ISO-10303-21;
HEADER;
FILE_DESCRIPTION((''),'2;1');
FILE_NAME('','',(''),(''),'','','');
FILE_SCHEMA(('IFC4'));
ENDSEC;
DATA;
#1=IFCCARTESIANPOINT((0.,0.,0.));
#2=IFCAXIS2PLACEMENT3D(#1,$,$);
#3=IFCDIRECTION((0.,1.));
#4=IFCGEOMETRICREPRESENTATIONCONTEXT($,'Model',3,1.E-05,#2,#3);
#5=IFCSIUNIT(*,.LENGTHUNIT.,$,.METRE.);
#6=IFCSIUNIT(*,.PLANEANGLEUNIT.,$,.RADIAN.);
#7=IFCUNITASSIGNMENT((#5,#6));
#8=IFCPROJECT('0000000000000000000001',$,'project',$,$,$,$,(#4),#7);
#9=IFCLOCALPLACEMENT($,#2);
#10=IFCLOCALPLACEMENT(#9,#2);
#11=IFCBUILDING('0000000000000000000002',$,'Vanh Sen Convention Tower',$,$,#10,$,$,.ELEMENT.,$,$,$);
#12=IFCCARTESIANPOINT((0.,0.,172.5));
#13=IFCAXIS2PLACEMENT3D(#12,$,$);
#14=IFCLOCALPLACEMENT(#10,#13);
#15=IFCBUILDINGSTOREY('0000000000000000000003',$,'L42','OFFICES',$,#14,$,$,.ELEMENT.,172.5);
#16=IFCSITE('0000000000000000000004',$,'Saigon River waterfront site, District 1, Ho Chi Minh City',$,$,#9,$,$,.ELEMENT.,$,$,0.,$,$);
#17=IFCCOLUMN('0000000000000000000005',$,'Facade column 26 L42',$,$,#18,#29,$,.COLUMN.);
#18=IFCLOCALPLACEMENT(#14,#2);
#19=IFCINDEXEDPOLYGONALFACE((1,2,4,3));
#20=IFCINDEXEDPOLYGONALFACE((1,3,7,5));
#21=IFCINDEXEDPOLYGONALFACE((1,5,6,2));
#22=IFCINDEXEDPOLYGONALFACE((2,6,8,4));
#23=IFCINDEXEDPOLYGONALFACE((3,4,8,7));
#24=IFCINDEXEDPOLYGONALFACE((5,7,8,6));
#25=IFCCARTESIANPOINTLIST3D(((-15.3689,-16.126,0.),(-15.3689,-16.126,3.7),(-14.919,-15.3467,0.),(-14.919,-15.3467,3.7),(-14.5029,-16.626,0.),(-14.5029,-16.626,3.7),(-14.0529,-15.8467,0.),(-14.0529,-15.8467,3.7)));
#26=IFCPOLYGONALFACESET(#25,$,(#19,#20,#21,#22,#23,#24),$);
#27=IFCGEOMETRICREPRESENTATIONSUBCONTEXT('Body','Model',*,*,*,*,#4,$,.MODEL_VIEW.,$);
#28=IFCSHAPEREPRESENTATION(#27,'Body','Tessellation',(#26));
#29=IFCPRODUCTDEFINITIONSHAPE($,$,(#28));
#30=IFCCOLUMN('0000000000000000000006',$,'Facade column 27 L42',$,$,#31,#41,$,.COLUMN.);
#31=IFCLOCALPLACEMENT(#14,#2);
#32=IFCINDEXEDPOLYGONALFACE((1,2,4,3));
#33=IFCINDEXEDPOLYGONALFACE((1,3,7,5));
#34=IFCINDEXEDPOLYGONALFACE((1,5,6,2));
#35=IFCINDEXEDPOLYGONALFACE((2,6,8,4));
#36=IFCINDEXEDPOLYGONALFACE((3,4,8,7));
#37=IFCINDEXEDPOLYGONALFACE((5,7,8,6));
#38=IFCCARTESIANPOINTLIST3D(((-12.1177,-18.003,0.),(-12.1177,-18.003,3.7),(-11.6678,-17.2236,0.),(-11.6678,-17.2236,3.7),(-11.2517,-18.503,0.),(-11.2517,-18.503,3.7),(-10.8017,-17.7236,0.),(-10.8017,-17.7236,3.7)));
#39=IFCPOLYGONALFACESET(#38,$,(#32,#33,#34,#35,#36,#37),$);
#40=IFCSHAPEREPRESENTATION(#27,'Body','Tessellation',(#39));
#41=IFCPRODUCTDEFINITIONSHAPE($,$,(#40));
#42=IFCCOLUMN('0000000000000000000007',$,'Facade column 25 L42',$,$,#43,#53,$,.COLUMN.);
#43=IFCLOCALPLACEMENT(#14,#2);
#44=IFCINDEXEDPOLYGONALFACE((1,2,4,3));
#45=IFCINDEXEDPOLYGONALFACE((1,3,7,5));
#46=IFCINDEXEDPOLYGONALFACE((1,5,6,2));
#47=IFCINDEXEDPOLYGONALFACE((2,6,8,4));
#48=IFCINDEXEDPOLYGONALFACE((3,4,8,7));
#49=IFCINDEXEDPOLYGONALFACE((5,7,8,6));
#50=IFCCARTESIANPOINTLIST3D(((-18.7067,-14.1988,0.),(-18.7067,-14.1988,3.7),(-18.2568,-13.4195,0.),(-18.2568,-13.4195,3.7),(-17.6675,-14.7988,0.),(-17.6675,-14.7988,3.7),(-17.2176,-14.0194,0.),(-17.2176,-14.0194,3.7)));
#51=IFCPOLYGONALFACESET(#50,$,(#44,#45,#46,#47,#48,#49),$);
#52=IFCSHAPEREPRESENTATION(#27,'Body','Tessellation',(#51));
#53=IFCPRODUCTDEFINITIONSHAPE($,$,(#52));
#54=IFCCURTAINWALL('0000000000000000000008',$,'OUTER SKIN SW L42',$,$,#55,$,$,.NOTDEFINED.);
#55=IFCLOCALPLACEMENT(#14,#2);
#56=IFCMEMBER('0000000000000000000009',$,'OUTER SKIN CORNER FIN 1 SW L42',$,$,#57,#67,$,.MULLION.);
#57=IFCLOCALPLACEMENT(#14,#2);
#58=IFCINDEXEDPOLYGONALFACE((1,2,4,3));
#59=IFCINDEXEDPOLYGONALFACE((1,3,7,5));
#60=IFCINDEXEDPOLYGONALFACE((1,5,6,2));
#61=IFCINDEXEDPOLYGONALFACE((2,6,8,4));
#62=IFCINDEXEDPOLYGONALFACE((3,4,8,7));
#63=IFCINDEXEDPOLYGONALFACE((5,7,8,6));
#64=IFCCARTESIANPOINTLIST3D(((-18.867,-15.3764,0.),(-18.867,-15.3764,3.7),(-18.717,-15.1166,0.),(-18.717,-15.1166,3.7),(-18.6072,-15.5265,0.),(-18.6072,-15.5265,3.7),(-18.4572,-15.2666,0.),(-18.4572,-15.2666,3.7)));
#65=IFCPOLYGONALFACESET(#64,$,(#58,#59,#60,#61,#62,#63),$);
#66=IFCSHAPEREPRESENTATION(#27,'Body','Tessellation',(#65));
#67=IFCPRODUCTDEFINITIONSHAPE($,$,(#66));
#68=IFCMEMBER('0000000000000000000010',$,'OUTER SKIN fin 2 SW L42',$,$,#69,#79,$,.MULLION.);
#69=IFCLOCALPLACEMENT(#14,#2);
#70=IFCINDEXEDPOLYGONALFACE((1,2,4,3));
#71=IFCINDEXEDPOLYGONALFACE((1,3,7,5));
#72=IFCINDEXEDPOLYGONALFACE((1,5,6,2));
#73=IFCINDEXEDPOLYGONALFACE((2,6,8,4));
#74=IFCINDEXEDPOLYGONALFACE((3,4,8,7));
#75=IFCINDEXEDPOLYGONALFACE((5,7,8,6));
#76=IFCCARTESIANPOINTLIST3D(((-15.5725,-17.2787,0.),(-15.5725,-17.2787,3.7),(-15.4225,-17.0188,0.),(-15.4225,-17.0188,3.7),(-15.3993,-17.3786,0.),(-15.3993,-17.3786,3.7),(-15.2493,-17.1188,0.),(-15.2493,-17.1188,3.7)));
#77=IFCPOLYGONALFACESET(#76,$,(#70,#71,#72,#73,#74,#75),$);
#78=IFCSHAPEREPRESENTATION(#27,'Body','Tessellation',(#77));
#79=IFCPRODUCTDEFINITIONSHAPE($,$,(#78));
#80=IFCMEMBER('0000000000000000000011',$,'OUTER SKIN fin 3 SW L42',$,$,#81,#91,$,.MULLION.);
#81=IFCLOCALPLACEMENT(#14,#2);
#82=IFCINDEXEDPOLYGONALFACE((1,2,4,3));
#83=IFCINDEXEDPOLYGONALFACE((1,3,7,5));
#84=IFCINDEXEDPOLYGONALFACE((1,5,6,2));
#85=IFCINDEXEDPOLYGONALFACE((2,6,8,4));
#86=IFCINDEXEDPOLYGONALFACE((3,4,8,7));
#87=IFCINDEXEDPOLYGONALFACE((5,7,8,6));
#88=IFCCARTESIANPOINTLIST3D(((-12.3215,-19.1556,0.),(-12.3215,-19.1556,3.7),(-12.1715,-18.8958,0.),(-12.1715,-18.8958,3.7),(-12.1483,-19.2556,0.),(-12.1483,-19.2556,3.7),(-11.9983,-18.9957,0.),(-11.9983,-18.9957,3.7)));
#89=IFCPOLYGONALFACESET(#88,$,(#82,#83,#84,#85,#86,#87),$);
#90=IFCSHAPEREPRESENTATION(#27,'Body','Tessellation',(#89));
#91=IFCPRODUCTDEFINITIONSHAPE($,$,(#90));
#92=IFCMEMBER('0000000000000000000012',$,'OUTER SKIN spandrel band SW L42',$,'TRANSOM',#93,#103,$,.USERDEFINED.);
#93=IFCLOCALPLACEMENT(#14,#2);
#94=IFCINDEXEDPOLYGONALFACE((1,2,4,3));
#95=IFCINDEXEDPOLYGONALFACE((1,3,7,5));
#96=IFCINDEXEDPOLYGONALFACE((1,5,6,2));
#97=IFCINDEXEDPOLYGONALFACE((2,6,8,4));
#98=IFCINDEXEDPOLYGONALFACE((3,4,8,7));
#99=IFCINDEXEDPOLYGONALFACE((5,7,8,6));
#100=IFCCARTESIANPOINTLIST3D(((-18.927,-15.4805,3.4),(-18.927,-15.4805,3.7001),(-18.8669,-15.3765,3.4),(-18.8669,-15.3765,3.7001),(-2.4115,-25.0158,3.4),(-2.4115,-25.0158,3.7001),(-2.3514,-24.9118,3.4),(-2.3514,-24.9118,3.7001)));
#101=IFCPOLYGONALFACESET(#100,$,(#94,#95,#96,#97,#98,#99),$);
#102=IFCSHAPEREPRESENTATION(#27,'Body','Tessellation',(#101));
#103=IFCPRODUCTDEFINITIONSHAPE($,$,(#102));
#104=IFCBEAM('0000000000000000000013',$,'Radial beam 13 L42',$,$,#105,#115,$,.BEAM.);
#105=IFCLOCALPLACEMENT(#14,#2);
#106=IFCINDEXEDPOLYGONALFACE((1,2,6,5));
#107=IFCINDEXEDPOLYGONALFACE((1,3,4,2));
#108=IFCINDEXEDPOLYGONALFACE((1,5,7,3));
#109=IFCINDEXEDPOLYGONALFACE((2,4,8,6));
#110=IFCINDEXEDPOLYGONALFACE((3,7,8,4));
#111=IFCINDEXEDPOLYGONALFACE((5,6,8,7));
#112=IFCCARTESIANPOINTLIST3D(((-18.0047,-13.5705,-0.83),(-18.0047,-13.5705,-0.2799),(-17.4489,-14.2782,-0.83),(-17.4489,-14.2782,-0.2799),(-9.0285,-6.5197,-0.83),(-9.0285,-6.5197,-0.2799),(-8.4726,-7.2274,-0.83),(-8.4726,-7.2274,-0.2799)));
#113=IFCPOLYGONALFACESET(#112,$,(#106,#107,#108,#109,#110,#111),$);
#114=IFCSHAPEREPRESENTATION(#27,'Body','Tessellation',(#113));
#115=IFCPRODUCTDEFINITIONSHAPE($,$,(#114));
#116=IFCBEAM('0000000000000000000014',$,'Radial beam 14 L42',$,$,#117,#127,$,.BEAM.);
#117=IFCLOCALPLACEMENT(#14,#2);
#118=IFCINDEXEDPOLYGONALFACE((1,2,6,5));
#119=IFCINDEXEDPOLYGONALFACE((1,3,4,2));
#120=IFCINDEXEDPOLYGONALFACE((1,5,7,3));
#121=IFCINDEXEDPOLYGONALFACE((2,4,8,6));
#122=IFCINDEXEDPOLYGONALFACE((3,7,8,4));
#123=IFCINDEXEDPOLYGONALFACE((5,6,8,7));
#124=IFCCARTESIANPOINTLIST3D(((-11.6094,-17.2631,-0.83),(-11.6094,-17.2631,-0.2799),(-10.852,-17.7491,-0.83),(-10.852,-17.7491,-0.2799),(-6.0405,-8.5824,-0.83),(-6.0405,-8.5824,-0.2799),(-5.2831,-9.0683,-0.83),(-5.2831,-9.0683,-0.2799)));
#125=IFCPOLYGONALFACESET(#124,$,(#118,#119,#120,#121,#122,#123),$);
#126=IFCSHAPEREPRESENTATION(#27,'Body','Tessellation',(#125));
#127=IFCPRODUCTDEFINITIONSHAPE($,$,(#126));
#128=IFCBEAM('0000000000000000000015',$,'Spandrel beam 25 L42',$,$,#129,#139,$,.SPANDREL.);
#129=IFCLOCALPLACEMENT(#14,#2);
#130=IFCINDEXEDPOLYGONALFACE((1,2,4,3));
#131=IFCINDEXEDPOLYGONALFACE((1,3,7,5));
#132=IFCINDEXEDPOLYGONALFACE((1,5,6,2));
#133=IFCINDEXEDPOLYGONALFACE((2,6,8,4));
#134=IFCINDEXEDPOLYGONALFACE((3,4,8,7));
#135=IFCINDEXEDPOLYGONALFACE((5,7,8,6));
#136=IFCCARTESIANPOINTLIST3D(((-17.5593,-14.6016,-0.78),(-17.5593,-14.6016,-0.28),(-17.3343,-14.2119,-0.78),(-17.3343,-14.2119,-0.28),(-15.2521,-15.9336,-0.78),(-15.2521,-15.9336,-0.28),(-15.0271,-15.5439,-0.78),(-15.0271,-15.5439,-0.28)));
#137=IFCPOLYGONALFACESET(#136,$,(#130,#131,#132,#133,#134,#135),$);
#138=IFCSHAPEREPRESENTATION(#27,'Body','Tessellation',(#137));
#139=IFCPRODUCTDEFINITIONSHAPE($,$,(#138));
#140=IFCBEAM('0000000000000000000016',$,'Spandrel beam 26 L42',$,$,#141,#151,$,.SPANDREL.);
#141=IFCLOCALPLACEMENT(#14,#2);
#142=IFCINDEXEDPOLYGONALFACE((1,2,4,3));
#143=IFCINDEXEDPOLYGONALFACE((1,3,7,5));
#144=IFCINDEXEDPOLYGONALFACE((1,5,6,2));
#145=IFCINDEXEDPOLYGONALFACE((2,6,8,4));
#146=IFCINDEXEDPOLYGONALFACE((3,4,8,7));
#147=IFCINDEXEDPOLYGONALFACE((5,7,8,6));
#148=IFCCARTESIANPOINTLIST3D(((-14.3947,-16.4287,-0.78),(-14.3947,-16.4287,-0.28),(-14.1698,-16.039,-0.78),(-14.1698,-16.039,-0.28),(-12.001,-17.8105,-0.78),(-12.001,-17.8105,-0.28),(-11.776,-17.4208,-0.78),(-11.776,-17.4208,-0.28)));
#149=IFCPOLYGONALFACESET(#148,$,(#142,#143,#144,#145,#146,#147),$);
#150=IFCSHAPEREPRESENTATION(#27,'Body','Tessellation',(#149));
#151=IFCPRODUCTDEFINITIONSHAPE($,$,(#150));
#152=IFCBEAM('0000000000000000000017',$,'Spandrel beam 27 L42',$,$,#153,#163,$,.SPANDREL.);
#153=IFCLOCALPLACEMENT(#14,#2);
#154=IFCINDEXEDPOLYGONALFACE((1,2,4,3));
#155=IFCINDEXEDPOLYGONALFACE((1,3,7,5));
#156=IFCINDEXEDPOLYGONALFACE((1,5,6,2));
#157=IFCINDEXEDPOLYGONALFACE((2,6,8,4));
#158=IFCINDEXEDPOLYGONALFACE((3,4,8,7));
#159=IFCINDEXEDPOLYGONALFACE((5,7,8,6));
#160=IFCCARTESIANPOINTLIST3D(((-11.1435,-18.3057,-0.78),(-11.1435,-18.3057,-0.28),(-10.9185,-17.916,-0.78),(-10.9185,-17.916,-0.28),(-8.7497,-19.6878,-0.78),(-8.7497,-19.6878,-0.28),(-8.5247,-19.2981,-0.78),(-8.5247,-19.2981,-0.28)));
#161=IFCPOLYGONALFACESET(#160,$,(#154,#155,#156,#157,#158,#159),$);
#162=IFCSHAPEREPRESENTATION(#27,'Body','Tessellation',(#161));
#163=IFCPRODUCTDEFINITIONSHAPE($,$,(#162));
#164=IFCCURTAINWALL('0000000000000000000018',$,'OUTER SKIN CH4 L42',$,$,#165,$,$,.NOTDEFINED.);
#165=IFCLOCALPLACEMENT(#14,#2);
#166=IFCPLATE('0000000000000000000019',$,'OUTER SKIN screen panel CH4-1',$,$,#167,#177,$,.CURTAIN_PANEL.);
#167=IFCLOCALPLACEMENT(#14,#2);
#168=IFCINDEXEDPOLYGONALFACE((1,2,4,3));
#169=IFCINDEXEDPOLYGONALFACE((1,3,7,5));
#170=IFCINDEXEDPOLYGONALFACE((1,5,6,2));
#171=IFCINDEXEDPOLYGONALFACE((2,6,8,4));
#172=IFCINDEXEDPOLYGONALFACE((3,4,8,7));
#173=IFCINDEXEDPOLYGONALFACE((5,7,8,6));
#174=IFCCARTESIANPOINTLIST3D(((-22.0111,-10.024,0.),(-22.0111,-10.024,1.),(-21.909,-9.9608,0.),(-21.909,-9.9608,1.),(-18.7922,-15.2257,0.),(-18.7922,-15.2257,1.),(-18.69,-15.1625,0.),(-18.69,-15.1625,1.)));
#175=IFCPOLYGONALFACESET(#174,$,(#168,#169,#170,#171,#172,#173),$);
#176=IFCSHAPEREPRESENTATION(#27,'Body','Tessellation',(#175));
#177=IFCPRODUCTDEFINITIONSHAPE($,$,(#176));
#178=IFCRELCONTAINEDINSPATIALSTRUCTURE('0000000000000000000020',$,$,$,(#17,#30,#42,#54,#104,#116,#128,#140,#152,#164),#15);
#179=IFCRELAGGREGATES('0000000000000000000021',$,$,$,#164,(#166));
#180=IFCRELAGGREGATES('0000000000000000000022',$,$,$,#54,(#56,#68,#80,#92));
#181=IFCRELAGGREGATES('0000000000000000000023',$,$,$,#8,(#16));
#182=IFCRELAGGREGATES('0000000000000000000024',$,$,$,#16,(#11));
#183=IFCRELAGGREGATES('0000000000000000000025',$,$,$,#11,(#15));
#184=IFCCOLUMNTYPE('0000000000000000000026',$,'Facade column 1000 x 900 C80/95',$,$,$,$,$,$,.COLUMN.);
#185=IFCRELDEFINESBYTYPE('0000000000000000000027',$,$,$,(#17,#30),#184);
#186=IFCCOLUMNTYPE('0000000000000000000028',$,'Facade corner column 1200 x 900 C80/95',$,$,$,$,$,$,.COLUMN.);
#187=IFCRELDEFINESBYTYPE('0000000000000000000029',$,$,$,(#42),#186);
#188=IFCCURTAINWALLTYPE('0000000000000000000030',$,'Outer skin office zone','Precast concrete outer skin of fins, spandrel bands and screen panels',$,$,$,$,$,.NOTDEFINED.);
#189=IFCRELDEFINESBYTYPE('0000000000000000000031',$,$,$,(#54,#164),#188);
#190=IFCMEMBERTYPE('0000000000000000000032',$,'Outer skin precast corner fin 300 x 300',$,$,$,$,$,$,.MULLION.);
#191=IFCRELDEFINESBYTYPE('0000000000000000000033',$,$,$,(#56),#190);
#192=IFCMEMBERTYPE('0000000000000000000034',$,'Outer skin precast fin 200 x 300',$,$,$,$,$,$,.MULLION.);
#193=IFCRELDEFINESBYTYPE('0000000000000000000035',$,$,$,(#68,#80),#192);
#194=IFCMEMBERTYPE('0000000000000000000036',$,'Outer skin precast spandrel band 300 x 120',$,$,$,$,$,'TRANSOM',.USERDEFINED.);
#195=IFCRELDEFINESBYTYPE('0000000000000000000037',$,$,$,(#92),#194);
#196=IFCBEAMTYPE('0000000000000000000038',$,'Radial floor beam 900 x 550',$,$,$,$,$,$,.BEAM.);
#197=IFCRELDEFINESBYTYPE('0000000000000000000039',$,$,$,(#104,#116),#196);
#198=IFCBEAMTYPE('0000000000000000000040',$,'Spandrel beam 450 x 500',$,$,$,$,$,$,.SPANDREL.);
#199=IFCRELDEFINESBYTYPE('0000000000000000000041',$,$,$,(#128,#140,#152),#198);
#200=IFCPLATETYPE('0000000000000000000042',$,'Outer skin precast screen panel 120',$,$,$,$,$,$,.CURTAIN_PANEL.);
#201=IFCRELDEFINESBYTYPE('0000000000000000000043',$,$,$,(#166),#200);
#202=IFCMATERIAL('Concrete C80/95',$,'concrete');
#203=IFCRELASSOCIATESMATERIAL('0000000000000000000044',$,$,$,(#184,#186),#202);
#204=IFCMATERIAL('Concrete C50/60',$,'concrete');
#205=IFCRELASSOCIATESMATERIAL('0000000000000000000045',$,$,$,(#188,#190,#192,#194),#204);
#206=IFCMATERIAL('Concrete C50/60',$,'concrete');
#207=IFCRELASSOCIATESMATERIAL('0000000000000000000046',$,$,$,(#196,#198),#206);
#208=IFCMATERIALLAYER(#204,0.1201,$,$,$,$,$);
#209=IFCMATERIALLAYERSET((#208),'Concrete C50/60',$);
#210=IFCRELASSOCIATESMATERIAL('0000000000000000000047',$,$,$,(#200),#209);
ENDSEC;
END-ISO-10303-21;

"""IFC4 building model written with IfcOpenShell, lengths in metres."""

from ifc_helpers import new_model, si_unit, direction, frame, origin, origin_2d, place, context, subcontext, project, spatial, rectangle, extrude, material, layer, layer_set, material_profile, profile_set, type_object, element, aggregate, save


model = new_model("IFC4")

# Units and contexts
model_context = context("Model", 3, precision=1e-05, world=origin(), true_north=direction((0.0, 1.0)))
body_context = subcontext(model_context, "Body", "Model", "MODEL_VIEW")
ifc_project = project(units=[si_unit("LENGTHUNIT", "METRE"), si_unit("PLANEANGLEUNIT", "RADIAN")], contexts=[model_context])

# Site, building, storey
site_placement = place(None, origin())
site = spatial("IfcSite", under=ifc_project, at=site_placement, Name="Saigon River waterfront site, District 1, Ho Chi Minh City", CompositionType="ELEMENT", RefElevation=0.0)
building_placement = place(site_placement, origin())
building = spatial("IfcBuilding", under=site, at=building_placement, Name="Vanh Sen Convention Tower", CompositionType="ELEMENT")
storey_placement = place(building_placement, frame((0.0, 0.0, 172.5)))
storey = spatial("IfcBuildingStorey", under=building, at=storey_placement, Name="L42", Description="OFFICES", CompositionType="ELEMENT", Elevation=172.5)

# Columns
ifc_material_1 = material(Name="Concrete C80/95", Category="concrete")
ifc_material_profile_1 = material_profile(ifc_material_1, rectangle(XDim=1.0, YDim=0.8999, at=origin_2d()), Name="RC 1000X900")
ifc_profile_set_1 = profile_set([ifc_material_profile_1], Name="Concrete C80/95")
column_type_1 = type_object("IfcColumnType", Name="Facade column 1000 x 900 C80/95", PredefinedType="COLUMN", material=ifc_profile_set_1)
for number, where, z_axis, x_axis, name in (
    (1, (-14.7109, -15.9863, 0.0), (0.0, 0.0, 1.0), (0.866025, -0.5, 0.0), "Facade column 26 L42"),
    (2, (-11.4597, -17.8633, 0.0), (0.0, 0.0, 1.0), (0.866025, -0.5, 0.0), "Facade column 27 L42"),
):
    element("IfcColumn", number, at=place(storey_placement, frame(where, z_axis=z_axis, x_axis=x_axis)), inside=storey, type_object=column_type_1, Name=name, PredefinedType="COLUMN", context=body_context, shape_type="SweptSolid", body=[
        extrude(rectangle(XDim=1.0, YDim=0.8999, at=origin_2d()), origin(), (0.0, 0.0, 1.0), 3.7),
    ])
ifc_material_profile_2 = material_profile(ifc_material_1, rectangle(XDim=1.2, YDim=0.8999, at=origin_2d()), Name="RC 1200X900")
ifc_profile_set_2 = profile_set([ifc_material_profile_2], Name="Concrete C80/95")
column_type_2 = type_object("IfcColumnType", Name="Facade corner column 1200 x 900 C80/95", PredefinedType="COLUMN", material=ifc_profile_set_2)
column_placement = place(storey_placement, frame((-17.9622, -14.1091, 0.0), z_axis=(0.0, 0.0, 1.0), x_axis=(0.866025, -0.5, 0.0)))
element("IfcColumn", 3, at=column_placement, inside=storey, type_object=column_type_2, Name="Facade column 25 L42", PredefinedType="COLUMN", context=body_context, shape_type="SweptSolid", body=[
    extrude(rectangle(XDim=1.2, YDim=0.8999, at=origin_2d()), origin(), (0.0, 0.0, 1.0), 3.7),
])

# Curtain wall, members
ifc_material_2 = material(Name="Concrete C50/60", Category="concrete")
curtain_wall_type = type_object("IfcCurtainWallType", Name="Outer skin office zone", Description="Precast concrete outer skin of fins, spandrel bands and screen panels", PredefinedType="NOTDEFINED", material=ifc_material_2)
curtain_wall_1_placement = place(storey_placement, origin())
curtain_wall_1 = element("IfcCurtainWall", 4, at=curtain_wall_1_placement, inside=storey, type_object=curtain_wall_type, Name="OUTER SKIN SW L42", PredefinedType="NOTDEFINED")
ifc_material_profile_3 = material_profile(ifc_material_2, rectangle(XDim=0.3, YDim=0.3, at=origin_2d()), Name="Outer skin precast corner fin 300 x 300")
ifc_profile_set_3 = profile_set([ifc_material_profile_3], Name="Concrete C50/60")
member_type_1 = type_object("IfcMemberType", Name="Outer skin precast corner fin 300 x 300", PredefinedType="MULLION", material=ifc_profile_set_3)
member_1_placement = place(storey_placement, frame((-18.6621, -15.3215, 0.0), z_axis=(0.0, 0.0, 1.0), x_axis=(0.866025, -0.5, 0.0)))
member_1 = element("IfcMember", 5, at=member_1_placement, type_object=member_type_1, Name="OUTER SKIN CORNER FIN 1 SW L42", PredefinedType="MULLION", context=body_context, shape_type="SweptSolid", body=[
    extrude(rectangle(XDim=0.3, YDim=0.3, at=origin_2d()), origin(), (0.0, 0.0, 1.0), 3.7),
])
ifc_material_profile_4 = material_profile(ifc_material_2, rectangle(XDim=0.2, YDim=0.3, at=origin_2d()), Name="Outer skin precast fin 200 x 300")
ifc_profile_set_4 = profile_set([ifc_material_profile_4], Name="Concrete C50/60")
member_type_2 = type_object("IfcMemberType", Name="Outer skin precast fin 200 x 300", PredefinedType="MULLION", material=ifc_profile_set_4)
member_2_placement = place(storey_placement, frame((-15.4109, -17.1987, 0.0), z_axis=(0.0, 0.0, 1.0), x_axis=(0.866025, -0.5, 0.0)))
member_2 = element("IfcMember", 6, at=member_2_placement, type_object=member_type_2, Name="OUTER SKIN fin 2 SW L42", PredefinedType="MULLION", context=body_context, shape_type="SweptSolid", body=[
    extrude(rectangle(XDim=0.2, YDim=0.3, at=origin_2d()), origin(), (0.0, 0.0, 1.0), 3.7),
])
member_3_placement = place(storey_placement, frame((-12.1599, -19.0757, 0.0), z_axis=(0.0, 0.0, 1.0), x_axis=(0.866025, -0.5, 0.0)))
member_3 = element("IfcMember", 7, at=member_3_placement, type_object=member_type_2, Name="OUTER SKIN fin 3 SW L42", PredefinedType="MULLION", context=body_context, shape_type="SweptSolid", body=[
    extrude(rectangle(XDim=0.2, YDim=0.3, at=origin_2d()), origin(), (0.0, 0.0, 1.0), 3.7),
])
ifc_material_profile_5 = material_profile(ifc_material_2, rectangle(XDim=0.1201, YDim=0.3, at=origin_2d()), Name="Outer skin precast spandrel band 300 x 120")
ifc_profile_set_5 = profile_set([ifc_material_profile_5], Name="Concrete C50/60")
member_type_3 = type_object("IfcMemberType", Name="Outer skin precast spandrel band 300 x 120", ElementType="TRANSOM", PredefinedType="USERDEFINED", material=ifc_profile_set_5)
member_4_placement = place(storey_placement, frame((-18.897, -15.4285, 3.55), z_axis=(0.866023, -0.500004, 0.0), x_axis=(0.500004, 0.866023, 0.0)))
member_4 = element("IfcMember", 8, at=member_4_placement, type_object=member_type_3, Name="OUTER SKIN spandrel band SW L42", ObjectType="TRANSOM", PredefinedType="USERDEFINED", context=body_context, shape_type="SweptSolid", body=[
    extrude(rectangle(XDim=0.1201, YDim=0.3, at=origin_2d()), origin(), (0.0, 0.0, 1.0), 19.0706),
])

# Beams
ifc_material_3 = material(Name="Concrete C50/60", Category="concrete")
ifc_material_profile_6 = material_profile(ifc_material_3, rectangle(XDim=0.8999, YDim=0.55, at=origin_2d()), Name="RC 900X550")
ifc_profile_set_6 = profile_set([ifc_material_profile_6], Name="Concrete C50/60")
beam_type_1 = type_object("IfcBeamType", Name="Radial floor beam 900 x 550", PredefinedType="BEAM", material=ifc_profile_set_6)
beam_1_placement = place(storey_placement, frame((-17.7268, -13.9243, -0.5549), z_axis=(0.786405, 0.617711, 0.0), x_axis=(-0.617711, 0.786405, 0.0)))
element("IfcBeam", 9, at=beam_1_placement, inside=storey, type_object=beam_type_1, Name="Radial beam 13 L42", PredefinedType="BEAM", context=body_context, shape_type="SweptSolid", body=[
    extrude(rectangle(XDim=0.8999, YDim=0.55, at=origin_2d()), origin(), (0.0, 0.0, 1.0), 11.4143),
])
beam_2_placement = place(storey_placement, frame((-11.2307, -17.5061, -0.5549), z_axis=(0.539963, 0.841689, 0.0), x_axis=(-0.841689, 0.539963, 0.0)))
element("IfcBeam", 10, at=beam_2_placement, inside=storey, type_object=beam_type_1, Name="Radial beam 14 L42", PredefinedType="BEAM", context=body_context, shape_type="SweptSolid", body=[
    extrude(rectangle(XDim=0.8999, YDim=0.55, at=origin_2d()), origin(), (0.0, 0.0, 1.0), 10.3135),
])
ifc_material_profile_7 = material_profile(ifc_material_3, rectangle(XDim=0.45, YDim=0.5, at=origin_2d()), Name="RC 450X500")
ifc_profile_set_7 = profile_set([ifc_material_profile_7], Name="Concrete C50/60")
beam_type_2 = type_object("IfcBeamType", Name="Spandrel beam 450 x 500", PredefinedType="SPANDREL", material=ifc_profile_set_7)
beam_3_placement = place(storey_placement, frame((-17.4468, -14.4067, -0.53), z_axis=(0.866024, -0.500003, 0.0), x_axis=(0.500003, 0.866024, 0.0)))
element("IfcBeam", 11, at=beam_3_placement, inside=storey, type_object=beam_type_2, Name="Spandrel beam 25 L42", PredefinedType="SPANDREL", context=body_context, shape_type="SweptSolid", body=[
    extrude(rectangle(XDim=0.45, YDim=0.5, at=origin_2d()), origin(), (0.0, 0.0, 1.0), 2.6641),
])
beam_4_placement = place(storey_placement, frame((-14.2822, -16.2339, -0.53), z_axis=(0.866061, -0.499939, 0.0), x_axis=(0.499939, 0.866061, 0.0)))
element("IfcBeam", 12, at=beam_4_placement, inside=storey, type_object=beam_type_2, Name="Spandrel beam 26 L42", PredefinedType="SPANDREL", context=body_context, shape_type="SweptSolid", body=[
    extrude(rectangle(XDim=0.45, YDim=0.5, at=origin_2d()), origin(), (0.0, 0.0, 1.0), 2.7639),
])
beam_5_placement = place(storey_placement, frame((-11.031, -18.1108, -0.53), z_axis=(0.866022, -0.500005, 0.0), x_axis=(0.500005, 0.866022, 0.0)))
element("IfcBeam", 13, at=beam_5_placement, inside=storey, type_object=beam_type_2, Name="Spandrel beam 27 L42", PredefinedType="SPANDREL", context=body_context, shape_type="SweptSolid", body=[
    extrude(rectangle(XDim=0.45, YDim=0.5, at=origin_2d()), origin(), (0.0, 0.0, 1.0), 2.7642),
])

# Curtain wall, plate
curtain_wall_2_placement = place(storey_placement, origin())
curtain_wall_2 = element("IfcCurtainWall", 14, at=curtain_wall_2_placement, inside=storey, type_object=curtain_wall_type, Name="OUTER SKIN CH4 L42", PredefinedType="NOTDEFINED")
ifc_layer_1 = layer(ifc_material_2, 0.1201)
ifc_layer_set_1 = layer_set([ifc_layer_1], Name="Concrete C50/60")
plate_type = type_object("IfcPlateType", Name="Outer skin precast screen panel 120", PredefinedType="CURTAIN_PANEL", material=ifc_layer_set_1)
plate_1_placement = place(storey_placement, frame((-20.3506, -12.5933, 0.0), z_axis=(0.0, 0.0, 1.0), x_axis=(0.526218, -0.850349, 0.0)))
plate_1 = element("IfcPlate", 15, at=plate_1_placement, type_object=plate_type, Name="OUTER SKIN screen panel CH4-1", PredefinedType="CURTAIN_PANEL", context=body_context, shape_type="SweptSolid", body=[
    extrude(rectangle(XDim=6.1172, YDim=0.1201, at=origin_2d()), origin(), (0.0, 0.0, 1.0), 1.0),
])
aggregate(curtain_wall_2, [plate_1])

aggregate(curtain_wall_1, [member_1, member_2, member_3, member_4])

save(model, "model.ifc")
